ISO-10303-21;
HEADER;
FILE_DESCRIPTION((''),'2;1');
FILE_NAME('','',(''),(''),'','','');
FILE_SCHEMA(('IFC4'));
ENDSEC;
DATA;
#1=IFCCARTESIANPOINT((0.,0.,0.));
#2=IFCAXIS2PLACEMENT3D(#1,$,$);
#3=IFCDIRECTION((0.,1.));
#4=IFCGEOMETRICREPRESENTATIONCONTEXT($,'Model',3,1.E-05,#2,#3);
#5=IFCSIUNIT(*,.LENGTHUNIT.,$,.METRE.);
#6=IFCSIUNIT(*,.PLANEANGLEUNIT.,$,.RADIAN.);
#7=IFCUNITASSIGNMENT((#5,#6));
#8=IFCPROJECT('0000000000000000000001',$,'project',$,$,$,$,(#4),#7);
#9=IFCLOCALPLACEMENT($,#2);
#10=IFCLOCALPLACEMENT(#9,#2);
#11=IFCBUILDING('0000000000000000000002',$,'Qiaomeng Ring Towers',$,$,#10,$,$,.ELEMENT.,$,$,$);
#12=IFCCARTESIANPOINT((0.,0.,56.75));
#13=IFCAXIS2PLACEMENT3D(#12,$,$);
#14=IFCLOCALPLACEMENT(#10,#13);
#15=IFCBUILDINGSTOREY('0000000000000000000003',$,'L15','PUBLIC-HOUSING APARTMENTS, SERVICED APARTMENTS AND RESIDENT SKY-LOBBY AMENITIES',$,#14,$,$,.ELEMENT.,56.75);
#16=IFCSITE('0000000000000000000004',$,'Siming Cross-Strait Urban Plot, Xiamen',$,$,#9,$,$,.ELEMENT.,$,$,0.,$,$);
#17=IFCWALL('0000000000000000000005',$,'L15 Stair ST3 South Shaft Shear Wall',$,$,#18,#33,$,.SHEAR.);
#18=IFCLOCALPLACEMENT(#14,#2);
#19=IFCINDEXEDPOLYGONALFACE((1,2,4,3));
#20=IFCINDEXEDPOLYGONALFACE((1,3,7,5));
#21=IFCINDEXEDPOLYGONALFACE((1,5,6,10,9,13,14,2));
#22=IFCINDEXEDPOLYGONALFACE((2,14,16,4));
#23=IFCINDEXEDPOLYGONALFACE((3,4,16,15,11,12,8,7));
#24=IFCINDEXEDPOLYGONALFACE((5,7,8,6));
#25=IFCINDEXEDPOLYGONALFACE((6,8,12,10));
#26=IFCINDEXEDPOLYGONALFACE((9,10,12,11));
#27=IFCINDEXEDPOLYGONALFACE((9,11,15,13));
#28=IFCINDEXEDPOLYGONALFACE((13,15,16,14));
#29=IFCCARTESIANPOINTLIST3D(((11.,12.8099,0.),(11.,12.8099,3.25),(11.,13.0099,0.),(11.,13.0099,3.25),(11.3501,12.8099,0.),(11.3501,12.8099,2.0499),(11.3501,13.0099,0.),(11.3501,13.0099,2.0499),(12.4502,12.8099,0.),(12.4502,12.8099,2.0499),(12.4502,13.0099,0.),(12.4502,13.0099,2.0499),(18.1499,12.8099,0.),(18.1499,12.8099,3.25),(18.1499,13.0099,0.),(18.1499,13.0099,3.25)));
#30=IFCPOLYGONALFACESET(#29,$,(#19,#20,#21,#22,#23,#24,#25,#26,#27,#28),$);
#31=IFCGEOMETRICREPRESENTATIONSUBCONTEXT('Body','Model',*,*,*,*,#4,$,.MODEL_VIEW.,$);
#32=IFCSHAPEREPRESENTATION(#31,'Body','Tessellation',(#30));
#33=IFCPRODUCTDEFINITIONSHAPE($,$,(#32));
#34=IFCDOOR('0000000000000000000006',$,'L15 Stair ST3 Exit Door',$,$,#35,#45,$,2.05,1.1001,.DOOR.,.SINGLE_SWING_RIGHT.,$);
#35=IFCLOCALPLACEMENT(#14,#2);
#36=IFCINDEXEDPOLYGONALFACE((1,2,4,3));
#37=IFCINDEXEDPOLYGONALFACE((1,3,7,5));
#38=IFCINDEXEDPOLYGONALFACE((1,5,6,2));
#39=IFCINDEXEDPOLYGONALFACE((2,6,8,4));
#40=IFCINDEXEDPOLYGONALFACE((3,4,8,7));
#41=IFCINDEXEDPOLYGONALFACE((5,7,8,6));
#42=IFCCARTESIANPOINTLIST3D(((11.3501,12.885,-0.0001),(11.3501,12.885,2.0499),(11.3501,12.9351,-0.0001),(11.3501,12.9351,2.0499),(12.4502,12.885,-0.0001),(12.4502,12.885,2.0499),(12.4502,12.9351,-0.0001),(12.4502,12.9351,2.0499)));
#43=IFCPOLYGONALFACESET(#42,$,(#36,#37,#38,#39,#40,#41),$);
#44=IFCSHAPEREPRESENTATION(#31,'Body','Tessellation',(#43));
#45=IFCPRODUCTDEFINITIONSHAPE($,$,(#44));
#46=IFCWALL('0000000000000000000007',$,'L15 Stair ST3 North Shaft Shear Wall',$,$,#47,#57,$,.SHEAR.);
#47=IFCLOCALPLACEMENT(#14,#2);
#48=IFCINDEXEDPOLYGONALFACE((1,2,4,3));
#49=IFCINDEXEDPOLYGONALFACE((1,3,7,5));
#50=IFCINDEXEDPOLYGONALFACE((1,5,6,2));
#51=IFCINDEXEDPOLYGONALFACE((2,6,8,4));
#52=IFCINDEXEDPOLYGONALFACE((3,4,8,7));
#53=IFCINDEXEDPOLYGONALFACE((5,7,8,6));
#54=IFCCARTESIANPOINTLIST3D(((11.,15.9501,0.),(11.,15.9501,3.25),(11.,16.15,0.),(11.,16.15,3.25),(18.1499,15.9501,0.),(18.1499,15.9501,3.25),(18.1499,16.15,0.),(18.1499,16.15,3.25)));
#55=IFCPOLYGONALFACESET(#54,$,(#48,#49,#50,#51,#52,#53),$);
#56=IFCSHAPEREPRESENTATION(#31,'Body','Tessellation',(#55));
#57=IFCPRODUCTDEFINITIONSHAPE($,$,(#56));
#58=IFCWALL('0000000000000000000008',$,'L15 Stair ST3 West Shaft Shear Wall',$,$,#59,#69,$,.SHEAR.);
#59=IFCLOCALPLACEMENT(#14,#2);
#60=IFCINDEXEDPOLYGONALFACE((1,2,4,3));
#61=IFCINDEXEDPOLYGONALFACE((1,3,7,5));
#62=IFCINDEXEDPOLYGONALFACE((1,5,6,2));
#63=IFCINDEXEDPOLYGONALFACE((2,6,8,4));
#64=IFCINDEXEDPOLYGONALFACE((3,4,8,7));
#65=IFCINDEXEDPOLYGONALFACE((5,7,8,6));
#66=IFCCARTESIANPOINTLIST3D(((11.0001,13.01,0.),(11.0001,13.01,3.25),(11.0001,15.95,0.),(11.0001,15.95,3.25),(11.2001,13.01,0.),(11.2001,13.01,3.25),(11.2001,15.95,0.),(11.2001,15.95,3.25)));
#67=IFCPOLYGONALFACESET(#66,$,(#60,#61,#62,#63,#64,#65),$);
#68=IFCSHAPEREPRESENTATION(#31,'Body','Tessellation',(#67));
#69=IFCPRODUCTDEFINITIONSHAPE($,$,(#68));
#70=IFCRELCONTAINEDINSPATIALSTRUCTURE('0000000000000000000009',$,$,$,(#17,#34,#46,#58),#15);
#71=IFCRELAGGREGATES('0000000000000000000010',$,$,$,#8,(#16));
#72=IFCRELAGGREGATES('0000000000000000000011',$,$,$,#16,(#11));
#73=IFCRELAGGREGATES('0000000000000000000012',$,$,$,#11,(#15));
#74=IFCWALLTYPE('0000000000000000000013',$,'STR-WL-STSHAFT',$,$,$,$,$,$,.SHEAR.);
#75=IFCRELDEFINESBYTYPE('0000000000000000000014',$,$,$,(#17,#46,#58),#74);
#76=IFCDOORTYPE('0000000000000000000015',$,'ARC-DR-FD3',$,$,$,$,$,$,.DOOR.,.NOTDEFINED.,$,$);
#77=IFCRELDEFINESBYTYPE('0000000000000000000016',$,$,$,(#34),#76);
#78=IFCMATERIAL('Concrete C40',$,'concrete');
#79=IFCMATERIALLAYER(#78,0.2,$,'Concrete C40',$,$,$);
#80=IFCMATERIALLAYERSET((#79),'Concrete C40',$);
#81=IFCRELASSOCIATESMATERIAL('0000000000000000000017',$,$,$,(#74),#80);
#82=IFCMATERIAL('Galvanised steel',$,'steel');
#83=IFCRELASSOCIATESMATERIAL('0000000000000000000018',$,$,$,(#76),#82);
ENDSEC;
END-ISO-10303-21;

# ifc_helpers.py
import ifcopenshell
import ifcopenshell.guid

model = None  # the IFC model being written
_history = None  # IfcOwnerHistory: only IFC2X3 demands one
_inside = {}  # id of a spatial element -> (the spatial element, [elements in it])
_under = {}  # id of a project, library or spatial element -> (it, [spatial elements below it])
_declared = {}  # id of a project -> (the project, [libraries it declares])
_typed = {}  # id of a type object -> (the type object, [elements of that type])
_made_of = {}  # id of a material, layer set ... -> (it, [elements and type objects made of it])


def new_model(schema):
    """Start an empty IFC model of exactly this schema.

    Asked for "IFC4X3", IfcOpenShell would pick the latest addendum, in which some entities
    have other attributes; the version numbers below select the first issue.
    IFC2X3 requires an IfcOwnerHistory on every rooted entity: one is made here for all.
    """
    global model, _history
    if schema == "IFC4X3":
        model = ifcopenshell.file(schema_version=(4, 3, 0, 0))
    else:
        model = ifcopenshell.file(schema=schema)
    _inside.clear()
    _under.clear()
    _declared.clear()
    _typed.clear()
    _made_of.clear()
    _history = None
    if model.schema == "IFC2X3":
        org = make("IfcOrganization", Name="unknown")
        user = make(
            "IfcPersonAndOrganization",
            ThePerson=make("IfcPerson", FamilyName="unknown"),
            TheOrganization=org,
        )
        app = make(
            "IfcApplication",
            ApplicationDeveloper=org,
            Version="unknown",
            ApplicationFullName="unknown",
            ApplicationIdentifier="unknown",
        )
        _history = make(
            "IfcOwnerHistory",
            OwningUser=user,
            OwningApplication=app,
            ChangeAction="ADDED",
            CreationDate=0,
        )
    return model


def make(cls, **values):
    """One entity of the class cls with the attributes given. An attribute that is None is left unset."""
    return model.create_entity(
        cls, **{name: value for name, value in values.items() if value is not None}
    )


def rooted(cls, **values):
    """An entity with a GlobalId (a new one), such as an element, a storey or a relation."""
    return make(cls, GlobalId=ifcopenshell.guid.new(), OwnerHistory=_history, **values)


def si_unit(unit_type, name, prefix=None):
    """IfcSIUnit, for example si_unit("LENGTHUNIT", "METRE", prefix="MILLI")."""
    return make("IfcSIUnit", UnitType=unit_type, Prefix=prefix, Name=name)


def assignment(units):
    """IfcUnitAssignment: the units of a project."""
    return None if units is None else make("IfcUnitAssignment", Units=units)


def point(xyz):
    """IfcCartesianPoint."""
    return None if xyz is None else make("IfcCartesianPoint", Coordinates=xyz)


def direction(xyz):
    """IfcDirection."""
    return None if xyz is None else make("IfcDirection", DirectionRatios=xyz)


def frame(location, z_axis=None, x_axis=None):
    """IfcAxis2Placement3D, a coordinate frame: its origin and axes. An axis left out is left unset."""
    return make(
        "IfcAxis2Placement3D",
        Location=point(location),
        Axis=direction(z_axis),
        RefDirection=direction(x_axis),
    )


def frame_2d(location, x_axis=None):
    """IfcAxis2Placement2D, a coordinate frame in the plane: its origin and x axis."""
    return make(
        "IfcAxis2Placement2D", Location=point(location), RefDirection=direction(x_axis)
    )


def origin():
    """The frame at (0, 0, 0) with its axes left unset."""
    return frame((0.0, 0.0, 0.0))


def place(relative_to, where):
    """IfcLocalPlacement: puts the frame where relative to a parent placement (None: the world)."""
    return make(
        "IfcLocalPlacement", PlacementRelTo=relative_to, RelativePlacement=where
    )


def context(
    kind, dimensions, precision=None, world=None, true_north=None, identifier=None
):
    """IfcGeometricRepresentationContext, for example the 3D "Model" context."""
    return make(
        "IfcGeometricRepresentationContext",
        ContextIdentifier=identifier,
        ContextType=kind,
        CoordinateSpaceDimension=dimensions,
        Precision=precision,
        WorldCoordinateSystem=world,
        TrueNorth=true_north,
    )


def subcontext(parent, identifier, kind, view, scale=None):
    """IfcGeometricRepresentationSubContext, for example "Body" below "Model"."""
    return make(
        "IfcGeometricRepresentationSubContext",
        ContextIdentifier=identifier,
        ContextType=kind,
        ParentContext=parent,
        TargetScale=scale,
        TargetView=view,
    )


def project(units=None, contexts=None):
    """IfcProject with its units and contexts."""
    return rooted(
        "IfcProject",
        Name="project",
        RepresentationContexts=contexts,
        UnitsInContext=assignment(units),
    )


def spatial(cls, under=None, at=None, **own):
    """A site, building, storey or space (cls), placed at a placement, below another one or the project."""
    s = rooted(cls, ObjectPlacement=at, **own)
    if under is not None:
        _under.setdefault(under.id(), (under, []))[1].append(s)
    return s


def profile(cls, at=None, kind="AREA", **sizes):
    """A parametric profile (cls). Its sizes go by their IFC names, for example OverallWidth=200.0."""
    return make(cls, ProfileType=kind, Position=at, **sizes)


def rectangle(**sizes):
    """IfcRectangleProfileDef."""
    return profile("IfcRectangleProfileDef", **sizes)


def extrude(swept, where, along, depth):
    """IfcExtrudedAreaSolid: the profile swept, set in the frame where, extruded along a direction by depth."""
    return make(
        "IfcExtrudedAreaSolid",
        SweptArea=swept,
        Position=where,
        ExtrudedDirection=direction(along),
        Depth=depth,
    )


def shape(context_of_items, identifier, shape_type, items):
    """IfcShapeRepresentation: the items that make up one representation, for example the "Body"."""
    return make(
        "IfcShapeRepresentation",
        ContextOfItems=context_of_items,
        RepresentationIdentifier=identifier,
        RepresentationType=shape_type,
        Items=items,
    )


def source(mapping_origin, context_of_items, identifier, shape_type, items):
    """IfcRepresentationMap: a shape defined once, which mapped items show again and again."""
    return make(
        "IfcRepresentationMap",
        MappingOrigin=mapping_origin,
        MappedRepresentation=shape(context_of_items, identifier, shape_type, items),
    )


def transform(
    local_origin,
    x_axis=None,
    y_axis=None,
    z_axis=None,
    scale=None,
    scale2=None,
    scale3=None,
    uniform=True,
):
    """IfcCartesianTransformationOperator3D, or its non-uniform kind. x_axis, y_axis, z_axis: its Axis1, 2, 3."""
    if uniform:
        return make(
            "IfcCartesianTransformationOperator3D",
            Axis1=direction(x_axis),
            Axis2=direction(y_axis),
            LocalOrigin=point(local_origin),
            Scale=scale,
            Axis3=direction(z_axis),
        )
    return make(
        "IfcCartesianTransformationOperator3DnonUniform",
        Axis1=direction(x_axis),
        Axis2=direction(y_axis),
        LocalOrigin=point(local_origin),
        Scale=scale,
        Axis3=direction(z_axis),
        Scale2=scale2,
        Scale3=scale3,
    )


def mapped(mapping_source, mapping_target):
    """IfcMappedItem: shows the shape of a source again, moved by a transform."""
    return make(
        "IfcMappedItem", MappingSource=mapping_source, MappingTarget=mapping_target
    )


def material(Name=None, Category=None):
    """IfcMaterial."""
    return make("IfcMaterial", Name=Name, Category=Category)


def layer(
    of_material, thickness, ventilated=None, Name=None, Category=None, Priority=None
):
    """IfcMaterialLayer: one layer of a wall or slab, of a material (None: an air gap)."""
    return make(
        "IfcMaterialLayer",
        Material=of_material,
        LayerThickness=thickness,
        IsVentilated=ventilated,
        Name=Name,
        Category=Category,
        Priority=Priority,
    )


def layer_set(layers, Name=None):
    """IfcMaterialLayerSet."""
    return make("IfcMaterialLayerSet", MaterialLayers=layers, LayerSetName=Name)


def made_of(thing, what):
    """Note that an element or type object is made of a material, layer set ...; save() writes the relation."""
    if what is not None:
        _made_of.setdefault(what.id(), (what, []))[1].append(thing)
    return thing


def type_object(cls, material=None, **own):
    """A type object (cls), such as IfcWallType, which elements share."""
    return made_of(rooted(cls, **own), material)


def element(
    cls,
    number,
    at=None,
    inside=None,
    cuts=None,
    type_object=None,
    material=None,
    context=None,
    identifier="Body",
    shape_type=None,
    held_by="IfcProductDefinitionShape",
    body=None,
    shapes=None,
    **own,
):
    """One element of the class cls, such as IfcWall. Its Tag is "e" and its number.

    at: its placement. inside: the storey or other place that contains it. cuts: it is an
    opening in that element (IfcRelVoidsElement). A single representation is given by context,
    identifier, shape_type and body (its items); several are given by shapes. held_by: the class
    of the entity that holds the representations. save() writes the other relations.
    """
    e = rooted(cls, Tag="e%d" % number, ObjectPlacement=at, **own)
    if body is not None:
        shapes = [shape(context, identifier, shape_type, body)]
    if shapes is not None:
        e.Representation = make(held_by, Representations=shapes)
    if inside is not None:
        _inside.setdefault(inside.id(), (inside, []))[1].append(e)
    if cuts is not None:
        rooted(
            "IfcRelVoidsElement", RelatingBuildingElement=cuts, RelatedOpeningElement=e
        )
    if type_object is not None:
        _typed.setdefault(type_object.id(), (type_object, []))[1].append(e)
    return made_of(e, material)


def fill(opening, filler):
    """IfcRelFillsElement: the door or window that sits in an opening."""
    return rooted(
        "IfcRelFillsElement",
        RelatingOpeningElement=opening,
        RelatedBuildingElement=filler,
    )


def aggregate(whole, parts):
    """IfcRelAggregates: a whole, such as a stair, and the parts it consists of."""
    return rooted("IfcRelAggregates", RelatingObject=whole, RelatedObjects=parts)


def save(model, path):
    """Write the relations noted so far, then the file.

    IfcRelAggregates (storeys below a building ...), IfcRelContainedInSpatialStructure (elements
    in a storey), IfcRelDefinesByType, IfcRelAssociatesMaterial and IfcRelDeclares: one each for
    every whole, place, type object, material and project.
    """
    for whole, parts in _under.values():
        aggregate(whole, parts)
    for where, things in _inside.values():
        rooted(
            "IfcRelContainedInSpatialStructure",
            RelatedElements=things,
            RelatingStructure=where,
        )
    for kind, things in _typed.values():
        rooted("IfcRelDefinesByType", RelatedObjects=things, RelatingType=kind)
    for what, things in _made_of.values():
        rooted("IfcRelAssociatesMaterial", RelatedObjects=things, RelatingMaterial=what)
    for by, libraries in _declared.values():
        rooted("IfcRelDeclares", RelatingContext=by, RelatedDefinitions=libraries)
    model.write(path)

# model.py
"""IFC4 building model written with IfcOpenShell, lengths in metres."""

from ifc_helpers import new_model, si_unit, direction, frame, frame_2d, origin, place, context, subcontext, project, spatial, rectangle, extrude, source, transform, mapped, material, layer, layer_set, type_object, element, fill, save


model = new_model("IFC4")

# Units and contexts
model_context = context("Model", 3, precision=1e-05, world=origin(), true_north=direction((0.0, 1.0)))
body_context = subcontext(model_context, "Body", "Model", "MODEL_VIEW")
ifc_project = project(units=[si_unit("LENGTHUNIT", "METRE"), si_unit("PLANEANGLEUNIT", "RADIAN")], contexts=[model_context])

# Site, building, storey
site_placement = place(None, origin())
site = spatial("IfcSite", under=ifc_project, at=site_placement, Name="Siming Cross-Strait Urban Plot, Xiamen", CompositionType="ELEMENT", RefElevation=0.0)
building_placement = place(site_placement, origin())
building = spatial("IfcBuilding", under=site, at=building_placement, Name="Qiaomeng Ring Towers", CompositionType="ELEMENT")
storey_placement = place(building_placement, frame((0.0, 0.0, 56.75)))
storey = spatial("IfcBuildingStorey", under=building, at=storey_placement, Name="L15", Description="PUBLIC-HOUSING APARTMENTS, SERVICED APARTMENTS AND RESIDENT SKY-LOBBY AMENITIES", CompositionType="ELEMENT", Elevation=56.75)

# Shared definitions
ifc_material_1 = material(Name="Concrete C40", Category="concrete")
ifc_layer_1 = layer(ifc_material_1, 0.2, Name="Concrete C40")
ifc_layer_set_1 = layer_set([ifc_layer_1], Name="Concrete C40")
wall_type_1 = type_object("IfcWallType", Name="STR-WL-STSHAFT", PredefinedType="SHEAR", material=ifc_layer_set_1)

# Wall, opening, door
wall_1_placement = place(storey_placement, frame((11.0, 12.9099, 0.0), z_axis=(0.0, 0.0, 1.0), x_axis=(1.0, 0.0, 0.0)))
wall_1 = element("IfcWall", 1, at=wall_1_placement, inside=storey, type_object=wall_type_1, Name="L15 Stair ST3 South Shaft Shear Wall", PredefinedType="SHEAR", context=body_context, shape_type="SweptSolid", body=[
    extrude(rectangle(XDim=7.1499, YDim=0.2, at=frame_2d((3.575, 0.0))), origin(), (0.0, 0.0, 1.0), 3.25),
])
opening_1_placement = place(wall_1_placement, frame((0.3501, 0.0, 0.0)))
opening_1 = element("IfcOpeningElement", 2, at=opening_1_placement, cuts=wall_1, PredefinedType="OPENING", context=body_context, shape_type="SweptSolid", body=[
    extrude(rectangle(XDim=1.1001, YDim=2.05, at=frame_2d((0.55, 1.0249))), frame((0.0, 0.1099, 0.0), z_axis=(0.0, -1.0, 0.0), x_axis=(1.0, 0.0, 0.0)), (0.0, 0.0, 1.0), 0.22),
])
ifc_material_2 = material(Name="Galvanised steel", Category="steel")
door_type_1 = type_object("IfcDoorType", Name="ARC-DR-FD3", OperationType="NOTDEFINED", PredefinedType="DOOR", material=ifc_material_2)
shared_shape_1 = source(origin(), body_context, "Body", "SweptSolid", [
    extrude(rectangle(XDim=1.1001, YDim=2.05, at=frame_2d((0.55, 1.0249))), frame((0.0, 0.0249, 0.0), z_axis=(0.0, -1.0, 0.0), x_axis=(1.0, 0.0, 0.0)), (0.0, 0.0, 1.0), 0.05),
])
door_1_placement = place(opening_1_placement, frame((1.1001, 0.0, 0.0), z_axis=(0.0, 0.0, 1.0), x_axis=(-1.0, 0.0, 0.0)))
door_1 = element("IfcDoor", 3, at=door_1_placement, inside=storey, type_object=door_type_1, Name="L15 Stair ST3 Exit Door", OperationType="SINGLE_SWING_RIGHT", OverallHeight=2.05, OverallWidth=1.1001, PredefinedType="DOOR", context=body_context, shape_type="MappedRepresentation", body=[
    mapped(shared_shape_1, transform((0.0, 0.0, 0.0), x_axis=(1.0, 0.0, 0.0), y_axis=(0.0, 1.0, 0.0), z_axis=(0.0, 0.0, 1.0), scale=1.0)),
])
fill(opening_1, door_1)

# Walls
wall_2_placement = place(storey_placement, frame((11.0, 16.05, 0.0), z_axis=(0.0, 0.0, 1.0), x_axis=(1.0, 0.0, 0.0)))
element("IfcWall", 4, at=wall_2_placement, inside=storey, type_object=wall_type_1, Name="L15 Stair ST3 North Shaft Shear Wall", PredefinedType="SHEAR", context=body_context, shape_type="SweptSolid", body=[
    extrude(rectangle(XDim=7.1499, YDim=0.2, at=frame_2d((3.575, 0.0))), origin(), (0.0, 0.0, 1.0), 3.25),
])
wall_3_placement = place(storey_placement, frame((11.1001, 13.01, 0.0), z_axis=(0.0, 0.0, 1.0), x_axis=(0.0, 1.0, 0.0)))
element("IfcWall", 5, at=wall_3_placement, inside=storey, type_object=wall_type_1, Name="L15 Stair ST3 West Shaft Shear Wall", PredefinedType="SHEAR", context=body_context, shape_type="SweptSolid", body=[
    extrude(rectangle(XDim=2.9399, YDim=0.2, at=frame_2d((1.47, 0.0))), origin(), (0.0, 0.0, 1.0), 3.25),
])

save(model, "model.ifc")
